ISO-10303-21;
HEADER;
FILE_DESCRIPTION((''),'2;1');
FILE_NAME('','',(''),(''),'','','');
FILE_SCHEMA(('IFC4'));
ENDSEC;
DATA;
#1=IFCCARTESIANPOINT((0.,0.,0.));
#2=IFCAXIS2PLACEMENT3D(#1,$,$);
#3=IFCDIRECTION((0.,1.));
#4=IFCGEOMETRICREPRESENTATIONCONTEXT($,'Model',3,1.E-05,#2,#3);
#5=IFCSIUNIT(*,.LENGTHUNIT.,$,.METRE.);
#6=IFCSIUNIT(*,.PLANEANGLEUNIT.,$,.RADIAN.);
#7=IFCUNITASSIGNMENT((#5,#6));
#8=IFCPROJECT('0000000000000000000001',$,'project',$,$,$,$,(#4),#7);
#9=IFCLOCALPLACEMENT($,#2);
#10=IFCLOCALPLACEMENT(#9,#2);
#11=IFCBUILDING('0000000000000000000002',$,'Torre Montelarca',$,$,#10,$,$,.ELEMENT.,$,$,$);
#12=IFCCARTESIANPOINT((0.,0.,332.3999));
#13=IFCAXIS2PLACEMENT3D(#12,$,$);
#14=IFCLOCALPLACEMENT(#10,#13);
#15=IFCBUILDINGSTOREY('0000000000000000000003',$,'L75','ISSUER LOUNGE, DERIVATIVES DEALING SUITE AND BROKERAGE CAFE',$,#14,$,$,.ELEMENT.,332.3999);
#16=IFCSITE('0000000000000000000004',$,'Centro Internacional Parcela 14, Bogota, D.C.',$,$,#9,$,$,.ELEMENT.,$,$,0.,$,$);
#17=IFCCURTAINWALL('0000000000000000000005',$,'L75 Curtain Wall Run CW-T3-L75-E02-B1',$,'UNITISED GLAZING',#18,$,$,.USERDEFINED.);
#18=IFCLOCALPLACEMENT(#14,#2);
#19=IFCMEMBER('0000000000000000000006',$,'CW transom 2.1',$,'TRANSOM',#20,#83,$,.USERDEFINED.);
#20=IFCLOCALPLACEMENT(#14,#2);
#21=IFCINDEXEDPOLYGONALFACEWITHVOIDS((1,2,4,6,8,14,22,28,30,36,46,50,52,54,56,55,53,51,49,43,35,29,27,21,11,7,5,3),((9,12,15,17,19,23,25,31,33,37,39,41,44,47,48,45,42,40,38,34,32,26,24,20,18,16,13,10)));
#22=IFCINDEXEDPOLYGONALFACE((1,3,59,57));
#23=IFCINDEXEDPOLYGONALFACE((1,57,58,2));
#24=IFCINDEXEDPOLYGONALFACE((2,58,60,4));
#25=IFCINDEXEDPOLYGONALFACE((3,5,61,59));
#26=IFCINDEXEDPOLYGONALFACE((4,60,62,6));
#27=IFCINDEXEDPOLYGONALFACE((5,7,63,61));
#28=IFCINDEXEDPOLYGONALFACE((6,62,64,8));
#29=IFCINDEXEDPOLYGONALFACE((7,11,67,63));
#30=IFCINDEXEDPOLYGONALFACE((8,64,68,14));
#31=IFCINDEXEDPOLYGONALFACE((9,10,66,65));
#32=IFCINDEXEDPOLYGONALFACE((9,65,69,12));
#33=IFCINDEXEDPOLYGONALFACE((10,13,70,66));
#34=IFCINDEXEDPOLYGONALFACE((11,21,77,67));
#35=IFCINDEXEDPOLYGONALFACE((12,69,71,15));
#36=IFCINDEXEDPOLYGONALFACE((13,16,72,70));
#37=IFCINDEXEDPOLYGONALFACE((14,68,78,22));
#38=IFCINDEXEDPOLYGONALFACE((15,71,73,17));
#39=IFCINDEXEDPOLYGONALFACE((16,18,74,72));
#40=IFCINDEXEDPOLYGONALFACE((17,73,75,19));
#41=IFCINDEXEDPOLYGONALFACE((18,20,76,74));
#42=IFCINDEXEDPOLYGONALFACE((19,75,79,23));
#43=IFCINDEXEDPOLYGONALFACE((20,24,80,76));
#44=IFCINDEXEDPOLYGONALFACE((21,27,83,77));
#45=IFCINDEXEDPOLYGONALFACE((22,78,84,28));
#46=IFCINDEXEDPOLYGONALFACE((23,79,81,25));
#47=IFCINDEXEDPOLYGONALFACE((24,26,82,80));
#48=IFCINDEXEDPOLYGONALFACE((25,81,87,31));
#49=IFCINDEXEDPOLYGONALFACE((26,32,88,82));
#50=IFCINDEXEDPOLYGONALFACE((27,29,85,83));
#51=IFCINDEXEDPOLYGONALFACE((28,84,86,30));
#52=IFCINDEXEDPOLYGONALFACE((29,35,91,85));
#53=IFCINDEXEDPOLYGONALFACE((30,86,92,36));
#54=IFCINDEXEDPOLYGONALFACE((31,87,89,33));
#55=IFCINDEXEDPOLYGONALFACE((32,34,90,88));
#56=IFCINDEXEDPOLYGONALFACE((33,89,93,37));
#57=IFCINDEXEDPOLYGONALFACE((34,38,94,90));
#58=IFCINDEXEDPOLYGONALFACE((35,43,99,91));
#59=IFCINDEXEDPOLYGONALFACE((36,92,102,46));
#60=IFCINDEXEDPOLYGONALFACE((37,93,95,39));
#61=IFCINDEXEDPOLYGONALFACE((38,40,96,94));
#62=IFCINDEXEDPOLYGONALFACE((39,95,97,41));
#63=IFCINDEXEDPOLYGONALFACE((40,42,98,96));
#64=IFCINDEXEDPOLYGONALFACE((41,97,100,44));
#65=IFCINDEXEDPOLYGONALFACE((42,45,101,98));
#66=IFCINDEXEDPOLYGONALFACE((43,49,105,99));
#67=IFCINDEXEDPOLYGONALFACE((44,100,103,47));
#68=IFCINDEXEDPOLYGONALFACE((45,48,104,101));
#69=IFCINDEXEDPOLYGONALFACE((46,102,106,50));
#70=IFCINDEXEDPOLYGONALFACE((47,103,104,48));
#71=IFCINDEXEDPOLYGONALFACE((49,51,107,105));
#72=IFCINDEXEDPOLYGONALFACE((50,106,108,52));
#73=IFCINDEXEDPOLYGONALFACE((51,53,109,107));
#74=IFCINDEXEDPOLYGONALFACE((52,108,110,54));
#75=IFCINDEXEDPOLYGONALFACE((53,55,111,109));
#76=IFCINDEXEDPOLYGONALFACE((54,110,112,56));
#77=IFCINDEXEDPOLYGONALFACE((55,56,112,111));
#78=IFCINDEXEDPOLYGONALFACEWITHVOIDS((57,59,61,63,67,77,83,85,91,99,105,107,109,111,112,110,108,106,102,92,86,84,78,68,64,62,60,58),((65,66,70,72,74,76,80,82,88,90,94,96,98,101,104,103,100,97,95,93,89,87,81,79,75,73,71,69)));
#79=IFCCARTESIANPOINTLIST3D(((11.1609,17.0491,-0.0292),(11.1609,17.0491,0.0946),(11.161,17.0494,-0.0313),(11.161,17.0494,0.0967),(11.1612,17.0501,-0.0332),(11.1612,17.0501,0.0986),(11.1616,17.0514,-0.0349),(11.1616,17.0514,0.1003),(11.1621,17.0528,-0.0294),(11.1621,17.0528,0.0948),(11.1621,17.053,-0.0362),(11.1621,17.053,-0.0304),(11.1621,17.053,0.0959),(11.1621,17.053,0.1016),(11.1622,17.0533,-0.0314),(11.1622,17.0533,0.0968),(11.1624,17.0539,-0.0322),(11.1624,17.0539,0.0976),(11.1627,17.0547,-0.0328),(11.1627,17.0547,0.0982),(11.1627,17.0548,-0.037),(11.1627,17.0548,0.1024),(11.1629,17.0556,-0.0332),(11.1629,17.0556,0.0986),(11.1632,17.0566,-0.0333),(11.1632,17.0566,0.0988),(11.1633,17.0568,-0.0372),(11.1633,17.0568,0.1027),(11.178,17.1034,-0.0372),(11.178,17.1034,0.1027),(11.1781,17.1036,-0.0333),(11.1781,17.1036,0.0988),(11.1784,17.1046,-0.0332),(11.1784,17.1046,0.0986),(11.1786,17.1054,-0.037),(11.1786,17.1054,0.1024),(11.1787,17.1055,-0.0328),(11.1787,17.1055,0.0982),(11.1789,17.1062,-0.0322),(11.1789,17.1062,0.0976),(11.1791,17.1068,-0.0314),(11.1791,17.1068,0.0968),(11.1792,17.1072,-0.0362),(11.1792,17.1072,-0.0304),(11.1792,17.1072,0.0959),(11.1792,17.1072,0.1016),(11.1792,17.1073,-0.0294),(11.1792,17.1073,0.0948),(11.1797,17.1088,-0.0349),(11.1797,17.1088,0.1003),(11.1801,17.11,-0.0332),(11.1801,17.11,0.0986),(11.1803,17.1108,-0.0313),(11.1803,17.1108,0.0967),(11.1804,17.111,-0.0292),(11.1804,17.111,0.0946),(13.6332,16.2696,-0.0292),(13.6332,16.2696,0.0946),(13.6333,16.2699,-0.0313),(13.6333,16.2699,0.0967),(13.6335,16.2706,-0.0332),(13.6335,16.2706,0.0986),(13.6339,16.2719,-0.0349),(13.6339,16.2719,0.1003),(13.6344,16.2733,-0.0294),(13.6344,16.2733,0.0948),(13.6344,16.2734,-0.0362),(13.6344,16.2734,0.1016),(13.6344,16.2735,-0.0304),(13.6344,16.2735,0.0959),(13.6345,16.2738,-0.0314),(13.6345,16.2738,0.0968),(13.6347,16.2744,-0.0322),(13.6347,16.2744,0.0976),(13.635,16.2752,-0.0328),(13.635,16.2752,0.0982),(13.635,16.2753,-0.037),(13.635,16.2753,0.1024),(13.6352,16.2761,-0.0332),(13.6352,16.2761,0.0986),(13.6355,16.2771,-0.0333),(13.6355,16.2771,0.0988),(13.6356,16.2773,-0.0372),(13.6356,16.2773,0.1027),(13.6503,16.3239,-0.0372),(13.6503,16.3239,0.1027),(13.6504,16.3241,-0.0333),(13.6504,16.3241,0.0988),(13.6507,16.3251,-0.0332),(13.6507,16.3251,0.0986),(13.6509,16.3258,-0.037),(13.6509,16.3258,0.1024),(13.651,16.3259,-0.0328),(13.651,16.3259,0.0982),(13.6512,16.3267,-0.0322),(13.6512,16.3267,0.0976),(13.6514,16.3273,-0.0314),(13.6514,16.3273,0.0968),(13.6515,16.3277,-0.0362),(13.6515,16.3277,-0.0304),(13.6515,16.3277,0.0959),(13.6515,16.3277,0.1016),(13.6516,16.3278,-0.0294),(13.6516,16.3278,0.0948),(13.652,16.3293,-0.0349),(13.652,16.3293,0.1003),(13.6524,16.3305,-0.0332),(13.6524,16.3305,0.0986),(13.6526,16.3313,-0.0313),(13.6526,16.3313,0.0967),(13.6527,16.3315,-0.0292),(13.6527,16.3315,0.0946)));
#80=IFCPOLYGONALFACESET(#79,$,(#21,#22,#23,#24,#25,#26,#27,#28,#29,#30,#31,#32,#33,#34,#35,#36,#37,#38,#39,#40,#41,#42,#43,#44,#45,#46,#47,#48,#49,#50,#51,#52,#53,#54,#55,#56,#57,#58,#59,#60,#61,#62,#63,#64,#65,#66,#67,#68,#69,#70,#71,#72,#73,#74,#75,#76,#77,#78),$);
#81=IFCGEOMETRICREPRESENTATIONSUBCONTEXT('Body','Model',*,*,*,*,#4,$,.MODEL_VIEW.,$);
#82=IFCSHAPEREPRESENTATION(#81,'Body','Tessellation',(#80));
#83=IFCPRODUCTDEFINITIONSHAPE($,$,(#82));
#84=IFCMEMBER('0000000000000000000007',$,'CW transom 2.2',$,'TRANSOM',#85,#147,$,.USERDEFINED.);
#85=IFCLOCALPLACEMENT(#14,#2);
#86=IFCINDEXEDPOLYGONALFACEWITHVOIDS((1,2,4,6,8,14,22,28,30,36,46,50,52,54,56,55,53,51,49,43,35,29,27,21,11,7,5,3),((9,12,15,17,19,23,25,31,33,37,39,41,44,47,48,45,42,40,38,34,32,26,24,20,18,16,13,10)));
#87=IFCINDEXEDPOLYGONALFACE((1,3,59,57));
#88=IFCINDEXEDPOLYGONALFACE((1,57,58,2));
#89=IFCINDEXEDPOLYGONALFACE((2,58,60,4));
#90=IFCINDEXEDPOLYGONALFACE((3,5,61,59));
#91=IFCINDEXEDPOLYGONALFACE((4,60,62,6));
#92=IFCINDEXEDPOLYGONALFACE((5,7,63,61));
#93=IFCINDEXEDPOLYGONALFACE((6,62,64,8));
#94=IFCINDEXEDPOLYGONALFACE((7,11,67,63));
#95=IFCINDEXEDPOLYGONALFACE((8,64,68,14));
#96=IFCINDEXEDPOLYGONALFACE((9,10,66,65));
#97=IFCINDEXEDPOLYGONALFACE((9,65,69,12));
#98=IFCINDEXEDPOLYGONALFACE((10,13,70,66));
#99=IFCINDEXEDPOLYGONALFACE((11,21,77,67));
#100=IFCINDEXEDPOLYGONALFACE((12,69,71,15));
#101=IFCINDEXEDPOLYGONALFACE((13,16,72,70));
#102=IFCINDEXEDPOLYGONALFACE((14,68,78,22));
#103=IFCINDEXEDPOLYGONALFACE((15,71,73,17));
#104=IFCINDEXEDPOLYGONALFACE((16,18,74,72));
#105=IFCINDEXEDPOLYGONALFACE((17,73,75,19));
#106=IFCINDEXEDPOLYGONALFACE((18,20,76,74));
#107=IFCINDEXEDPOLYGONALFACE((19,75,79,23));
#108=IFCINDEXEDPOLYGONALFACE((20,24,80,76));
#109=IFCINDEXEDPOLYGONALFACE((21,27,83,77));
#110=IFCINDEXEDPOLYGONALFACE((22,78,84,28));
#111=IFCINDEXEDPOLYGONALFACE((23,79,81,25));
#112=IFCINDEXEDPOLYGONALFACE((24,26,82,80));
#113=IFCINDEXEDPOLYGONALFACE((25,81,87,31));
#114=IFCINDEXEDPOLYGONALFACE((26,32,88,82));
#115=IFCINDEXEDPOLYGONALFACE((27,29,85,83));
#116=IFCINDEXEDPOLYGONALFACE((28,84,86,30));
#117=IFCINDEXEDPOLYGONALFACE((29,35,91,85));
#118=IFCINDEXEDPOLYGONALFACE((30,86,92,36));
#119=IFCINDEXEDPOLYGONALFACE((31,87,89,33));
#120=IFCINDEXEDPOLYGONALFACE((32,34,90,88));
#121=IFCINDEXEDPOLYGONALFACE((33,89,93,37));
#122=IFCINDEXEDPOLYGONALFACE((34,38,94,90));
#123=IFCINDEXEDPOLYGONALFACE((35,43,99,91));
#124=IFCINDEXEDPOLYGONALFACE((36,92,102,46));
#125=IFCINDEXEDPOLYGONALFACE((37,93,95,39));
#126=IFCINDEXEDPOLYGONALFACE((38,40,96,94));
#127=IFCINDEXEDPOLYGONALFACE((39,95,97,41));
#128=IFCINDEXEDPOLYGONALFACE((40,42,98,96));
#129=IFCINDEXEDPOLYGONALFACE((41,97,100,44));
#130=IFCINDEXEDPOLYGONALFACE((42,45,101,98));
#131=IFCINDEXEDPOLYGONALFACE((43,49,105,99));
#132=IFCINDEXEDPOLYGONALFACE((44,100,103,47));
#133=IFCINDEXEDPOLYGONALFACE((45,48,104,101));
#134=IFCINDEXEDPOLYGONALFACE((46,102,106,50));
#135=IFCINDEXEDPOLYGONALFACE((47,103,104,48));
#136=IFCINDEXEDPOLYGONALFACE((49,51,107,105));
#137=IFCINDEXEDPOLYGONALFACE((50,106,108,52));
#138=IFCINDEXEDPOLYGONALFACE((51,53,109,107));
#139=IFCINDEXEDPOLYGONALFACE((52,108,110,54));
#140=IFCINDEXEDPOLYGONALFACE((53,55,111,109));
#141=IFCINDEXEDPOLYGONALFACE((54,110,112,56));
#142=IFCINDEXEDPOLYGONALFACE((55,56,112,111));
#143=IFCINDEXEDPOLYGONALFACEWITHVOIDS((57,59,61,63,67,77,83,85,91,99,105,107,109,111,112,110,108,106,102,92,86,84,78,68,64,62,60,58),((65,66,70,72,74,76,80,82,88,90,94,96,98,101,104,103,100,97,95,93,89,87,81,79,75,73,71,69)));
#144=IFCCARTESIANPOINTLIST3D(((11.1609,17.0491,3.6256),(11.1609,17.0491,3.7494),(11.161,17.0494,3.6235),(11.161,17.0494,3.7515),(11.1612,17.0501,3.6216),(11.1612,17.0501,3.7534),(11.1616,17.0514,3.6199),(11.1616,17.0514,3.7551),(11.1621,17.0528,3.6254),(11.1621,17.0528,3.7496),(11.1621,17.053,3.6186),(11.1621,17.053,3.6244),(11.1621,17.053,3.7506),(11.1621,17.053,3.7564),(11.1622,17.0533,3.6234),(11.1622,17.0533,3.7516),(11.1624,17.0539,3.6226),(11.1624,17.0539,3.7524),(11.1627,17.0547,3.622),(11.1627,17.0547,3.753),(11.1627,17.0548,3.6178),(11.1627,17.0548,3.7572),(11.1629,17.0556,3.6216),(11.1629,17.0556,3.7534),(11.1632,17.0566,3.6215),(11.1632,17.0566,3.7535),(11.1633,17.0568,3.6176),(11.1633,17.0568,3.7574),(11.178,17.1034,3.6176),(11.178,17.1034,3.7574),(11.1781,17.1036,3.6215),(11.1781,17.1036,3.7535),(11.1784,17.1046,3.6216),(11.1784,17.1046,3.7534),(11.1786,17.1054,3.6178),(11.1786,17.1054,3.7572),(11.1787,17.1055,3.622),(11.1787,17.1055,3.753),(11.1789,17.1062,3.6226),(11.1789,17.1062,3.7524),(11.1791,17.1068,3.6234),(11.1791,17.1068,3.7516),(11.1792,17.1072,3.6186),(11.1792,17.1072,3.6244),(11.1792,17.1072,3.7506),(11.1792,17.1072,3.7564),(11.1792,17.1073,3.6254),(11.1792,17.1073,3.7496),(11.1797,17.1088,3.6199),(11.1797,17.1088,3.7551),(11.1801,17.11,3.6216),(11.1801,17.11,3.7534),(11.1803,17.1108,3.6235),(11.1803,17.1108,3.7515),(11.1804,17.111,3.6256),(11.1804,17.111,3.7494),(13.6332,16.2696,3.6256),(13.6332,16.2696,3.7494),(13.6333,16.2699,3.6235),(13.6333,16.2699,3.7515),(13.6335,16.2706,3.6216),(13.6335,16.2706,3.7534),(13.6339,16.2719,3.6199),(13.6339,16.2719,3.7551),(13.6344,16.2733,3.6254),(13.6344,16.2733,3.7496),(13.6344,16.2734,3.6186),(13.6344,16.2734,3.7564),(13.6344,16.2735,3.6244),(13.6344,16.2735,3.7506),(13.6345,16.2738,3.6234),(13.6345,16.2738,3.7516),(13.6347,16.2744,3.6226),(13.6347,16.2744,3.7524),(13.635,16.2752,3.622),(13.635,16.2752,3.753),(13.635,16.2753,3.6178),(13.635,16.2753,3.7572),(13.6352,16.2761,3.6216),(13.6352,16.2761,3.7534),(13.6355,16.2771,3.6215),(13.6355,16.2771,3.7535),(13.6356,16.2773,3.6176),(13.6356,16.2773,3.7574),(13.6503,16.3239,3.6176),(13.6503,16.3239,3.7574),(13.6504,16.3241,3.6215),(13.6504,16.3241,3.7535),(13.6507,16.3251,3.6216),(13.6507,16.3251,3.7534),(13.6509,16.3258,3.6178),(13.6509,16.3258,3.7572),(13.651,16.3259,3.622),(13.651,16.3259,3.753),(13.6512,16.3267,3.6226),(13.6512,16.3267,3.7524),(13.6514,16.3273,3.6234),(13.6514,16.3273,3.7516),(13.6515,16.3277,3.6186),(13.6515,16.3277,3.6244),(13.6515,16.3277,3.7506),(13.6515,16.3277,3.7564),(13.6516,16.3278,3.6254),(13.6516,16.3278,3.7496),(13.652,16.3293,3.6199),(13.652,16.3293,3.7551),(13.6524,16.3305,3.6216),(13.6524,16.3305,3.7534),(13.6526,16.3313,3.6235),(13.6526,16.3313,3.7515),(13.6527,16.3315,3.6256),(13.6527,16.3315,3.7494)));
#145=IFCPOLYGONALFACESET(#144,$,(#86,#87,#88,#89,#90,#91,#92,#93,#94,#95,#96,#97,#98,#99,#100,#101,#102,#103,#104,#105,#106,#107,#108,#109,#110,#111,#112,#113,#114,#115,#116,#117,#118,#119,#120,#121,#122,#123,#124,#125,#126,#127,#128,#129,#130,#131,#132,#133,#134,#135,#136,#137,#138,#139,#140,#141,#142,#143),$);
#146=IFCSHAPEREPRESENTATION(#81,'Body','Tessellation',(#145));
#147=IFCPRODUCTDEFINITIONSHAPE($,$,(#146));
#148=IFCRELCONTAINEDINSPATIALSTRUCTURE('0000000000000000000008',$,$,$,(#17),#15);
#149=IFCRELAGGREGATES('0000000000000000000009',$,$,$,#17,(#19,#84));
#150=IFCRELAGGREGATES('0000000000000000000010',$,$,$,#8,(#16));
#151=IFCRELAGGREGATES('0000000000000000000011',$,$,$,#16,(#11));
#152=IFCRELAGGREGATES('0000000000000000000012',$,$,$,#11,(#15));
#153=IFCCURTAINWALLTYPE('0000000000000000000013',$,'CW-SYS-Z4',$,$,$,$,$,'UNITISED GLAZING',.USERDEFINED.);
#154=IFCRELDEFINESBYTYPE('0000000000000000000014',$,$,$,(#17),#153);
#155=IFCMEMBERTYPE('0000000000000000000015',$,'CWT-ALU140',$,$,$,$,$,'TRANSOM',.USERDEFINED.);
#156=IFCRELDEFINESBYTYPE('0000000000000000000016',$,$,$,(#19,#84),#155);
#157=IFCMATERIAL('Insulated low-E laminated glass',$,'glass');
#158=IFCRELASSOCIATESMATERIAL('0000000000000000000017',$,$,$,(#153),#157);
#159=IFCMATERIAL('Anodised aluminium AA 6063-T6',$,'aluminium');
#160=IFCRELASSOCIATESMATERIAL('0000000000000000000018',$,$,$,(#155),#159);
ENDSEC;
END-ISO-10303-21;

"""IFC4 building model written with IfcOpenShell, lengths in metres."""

from ifc_helpers import new_model, si_unit, direction, frame, origin, origin_2d, place, context, subcontext, project, spatial, hollow_rectangle, extrude, source, transform, mapped, material, material_profile, profile_set, type_object, element, aggregate, save


model = new_model("IFC4")

# Units and contexts
model_context = context("Model", 3, precision=1e-05, world=origin(), true_north=direction((0.0, 1.0)))
body_context = subcontext(model_context, "Body", "Model", "MODEL_VIEW")
ifc_project = project(units=[si_unit("LENGTHUNIT", "METRE"), si_unit("PLANEANGLEUNIT", "RADIAN")], contexts=[model_context])

# Site, building, storey
site_placement = place(None, origin())
site = spatial("IfcSite", under=ifc_project, at=site_placement, Name="Centro Internacional Parcela 14, Bogota, D.C.", CompositionType="ELEMENT", RefElevation=0.0)
building_placement = place(site_placement, origin())
building = spatial("IfcBuilding", under=site, at=building_placement, Name="Torre Montelarca", CompositionType="ELEMENT")
storey_placement = place(building_placement, frame((0.0, 0.0, 332.3999)))
storey = spatial("IfcBuildingStorey", under=building, at=storey_placement, Name="L75", Description="ISSUER LOUNGE, DERIVATIVES DEALING SUITE AND BROKERAGE CAFE", CompositionType="ELEMENT", Elevation=332.3999)

# Curtain wall, members
ifc_material_1 = material(Name="Insulated low-E laminated glass", Category="glass")
curtain_wall_type = type_object("IfcCurtainWallType", Name="CW-SYS-Z4", ElementType="UNITISED GLAZING", PredefinedType="USERDEFINED", material=ifc_material_1)
curtain_wall_1_placement = place(storey_placement, origin())
curtain_wall_1 = element("IfcCurtainWall", 1, at=curtain_wall_1_placement, inside=storey, type_object=curtain_wall_type, Name="L75 Curtain Wall Run CW-T3-L75-E02-B1", ObjectType="UNITISED GLAZING", PredefinedType="USERDEFINED")
ifc_material_2 = material(Name="Anodised aluminium AA 6063-T6", Category="aluminium")
ifc_material_profile_1 = material_profile(ifc_material_2, hollow_rectangle(XDim=0.0649, YDim=0.1399, WallThickness=0.0039, InnerFilletRadius=0.0039, OuterFilletRadius=0.0081, at=origin_2d()), Name="ALU65X140X4", Category="aluminium")
ifc_profile_set_1 = profile_set([ifc_material_profile_1], Name="Anodised aluminium AA 6063-T6")
member_type_1 = type_object("IfcMemberType", Name="CWT-ALU140", ElementType="TRANSOM", PredefinedType="USERDEFINED", material=ifc_profile_set_1)
shared_shape_1 = source(origin(), body_context, "Body", "SweptSolid", [
    extrude(hollow_rectangle(XDim=0.0649, YDim=0.1399, WallThickness=0.0039, InnerFilletRadius=0.0039, OuterFilletRadius=0.0081, at=origin_2d()), origin(), (0.0, 0.0, 1.0), 2.5923),
])
member_1_placement = place(storey_placement, frame((11.1707, 17.0801, 0.0327), z_axis=(0.953718, -0.300703, 0.0), x_axis=(0.300703, 0.953718, 0.0)))
member_1 = element("IfcMember", 2, at=member_1_placement, type_object=member_type_1, Name="CW transom 2.1", ObjectType="TRANSOM", PredefinedType="USERDEFINED", context=body_context, shape_type="MappedRepresentation", body=[
    mapped(shared_shape_1, transform((0.0, 0.0, 0.0), scale=1.0)),
])
member_2_placement = place(storey_placement, frame((11.1707, 17.0801, 3.6875), z_axis=(0.953718, -0.300703, 0.0), x_axis=(0.300703, 0.953718, 0.0)))
member_2 = element("IfcMember", 3, at=member_2_placement, type_object=member_type_1, Name="CW transom 2.2", ObjectType="TRANSOM", PredefinedType="USERDEFINED", context=body_context, shape_type="MappedRepresentation", body=[
    mapped(shared_shape_1, transform((0.0, 0.0, 0.0), scale=1.0)),
])

aggregate(curtain_wall_1, [member_1, member_2])

save(model, "model.ifc")
